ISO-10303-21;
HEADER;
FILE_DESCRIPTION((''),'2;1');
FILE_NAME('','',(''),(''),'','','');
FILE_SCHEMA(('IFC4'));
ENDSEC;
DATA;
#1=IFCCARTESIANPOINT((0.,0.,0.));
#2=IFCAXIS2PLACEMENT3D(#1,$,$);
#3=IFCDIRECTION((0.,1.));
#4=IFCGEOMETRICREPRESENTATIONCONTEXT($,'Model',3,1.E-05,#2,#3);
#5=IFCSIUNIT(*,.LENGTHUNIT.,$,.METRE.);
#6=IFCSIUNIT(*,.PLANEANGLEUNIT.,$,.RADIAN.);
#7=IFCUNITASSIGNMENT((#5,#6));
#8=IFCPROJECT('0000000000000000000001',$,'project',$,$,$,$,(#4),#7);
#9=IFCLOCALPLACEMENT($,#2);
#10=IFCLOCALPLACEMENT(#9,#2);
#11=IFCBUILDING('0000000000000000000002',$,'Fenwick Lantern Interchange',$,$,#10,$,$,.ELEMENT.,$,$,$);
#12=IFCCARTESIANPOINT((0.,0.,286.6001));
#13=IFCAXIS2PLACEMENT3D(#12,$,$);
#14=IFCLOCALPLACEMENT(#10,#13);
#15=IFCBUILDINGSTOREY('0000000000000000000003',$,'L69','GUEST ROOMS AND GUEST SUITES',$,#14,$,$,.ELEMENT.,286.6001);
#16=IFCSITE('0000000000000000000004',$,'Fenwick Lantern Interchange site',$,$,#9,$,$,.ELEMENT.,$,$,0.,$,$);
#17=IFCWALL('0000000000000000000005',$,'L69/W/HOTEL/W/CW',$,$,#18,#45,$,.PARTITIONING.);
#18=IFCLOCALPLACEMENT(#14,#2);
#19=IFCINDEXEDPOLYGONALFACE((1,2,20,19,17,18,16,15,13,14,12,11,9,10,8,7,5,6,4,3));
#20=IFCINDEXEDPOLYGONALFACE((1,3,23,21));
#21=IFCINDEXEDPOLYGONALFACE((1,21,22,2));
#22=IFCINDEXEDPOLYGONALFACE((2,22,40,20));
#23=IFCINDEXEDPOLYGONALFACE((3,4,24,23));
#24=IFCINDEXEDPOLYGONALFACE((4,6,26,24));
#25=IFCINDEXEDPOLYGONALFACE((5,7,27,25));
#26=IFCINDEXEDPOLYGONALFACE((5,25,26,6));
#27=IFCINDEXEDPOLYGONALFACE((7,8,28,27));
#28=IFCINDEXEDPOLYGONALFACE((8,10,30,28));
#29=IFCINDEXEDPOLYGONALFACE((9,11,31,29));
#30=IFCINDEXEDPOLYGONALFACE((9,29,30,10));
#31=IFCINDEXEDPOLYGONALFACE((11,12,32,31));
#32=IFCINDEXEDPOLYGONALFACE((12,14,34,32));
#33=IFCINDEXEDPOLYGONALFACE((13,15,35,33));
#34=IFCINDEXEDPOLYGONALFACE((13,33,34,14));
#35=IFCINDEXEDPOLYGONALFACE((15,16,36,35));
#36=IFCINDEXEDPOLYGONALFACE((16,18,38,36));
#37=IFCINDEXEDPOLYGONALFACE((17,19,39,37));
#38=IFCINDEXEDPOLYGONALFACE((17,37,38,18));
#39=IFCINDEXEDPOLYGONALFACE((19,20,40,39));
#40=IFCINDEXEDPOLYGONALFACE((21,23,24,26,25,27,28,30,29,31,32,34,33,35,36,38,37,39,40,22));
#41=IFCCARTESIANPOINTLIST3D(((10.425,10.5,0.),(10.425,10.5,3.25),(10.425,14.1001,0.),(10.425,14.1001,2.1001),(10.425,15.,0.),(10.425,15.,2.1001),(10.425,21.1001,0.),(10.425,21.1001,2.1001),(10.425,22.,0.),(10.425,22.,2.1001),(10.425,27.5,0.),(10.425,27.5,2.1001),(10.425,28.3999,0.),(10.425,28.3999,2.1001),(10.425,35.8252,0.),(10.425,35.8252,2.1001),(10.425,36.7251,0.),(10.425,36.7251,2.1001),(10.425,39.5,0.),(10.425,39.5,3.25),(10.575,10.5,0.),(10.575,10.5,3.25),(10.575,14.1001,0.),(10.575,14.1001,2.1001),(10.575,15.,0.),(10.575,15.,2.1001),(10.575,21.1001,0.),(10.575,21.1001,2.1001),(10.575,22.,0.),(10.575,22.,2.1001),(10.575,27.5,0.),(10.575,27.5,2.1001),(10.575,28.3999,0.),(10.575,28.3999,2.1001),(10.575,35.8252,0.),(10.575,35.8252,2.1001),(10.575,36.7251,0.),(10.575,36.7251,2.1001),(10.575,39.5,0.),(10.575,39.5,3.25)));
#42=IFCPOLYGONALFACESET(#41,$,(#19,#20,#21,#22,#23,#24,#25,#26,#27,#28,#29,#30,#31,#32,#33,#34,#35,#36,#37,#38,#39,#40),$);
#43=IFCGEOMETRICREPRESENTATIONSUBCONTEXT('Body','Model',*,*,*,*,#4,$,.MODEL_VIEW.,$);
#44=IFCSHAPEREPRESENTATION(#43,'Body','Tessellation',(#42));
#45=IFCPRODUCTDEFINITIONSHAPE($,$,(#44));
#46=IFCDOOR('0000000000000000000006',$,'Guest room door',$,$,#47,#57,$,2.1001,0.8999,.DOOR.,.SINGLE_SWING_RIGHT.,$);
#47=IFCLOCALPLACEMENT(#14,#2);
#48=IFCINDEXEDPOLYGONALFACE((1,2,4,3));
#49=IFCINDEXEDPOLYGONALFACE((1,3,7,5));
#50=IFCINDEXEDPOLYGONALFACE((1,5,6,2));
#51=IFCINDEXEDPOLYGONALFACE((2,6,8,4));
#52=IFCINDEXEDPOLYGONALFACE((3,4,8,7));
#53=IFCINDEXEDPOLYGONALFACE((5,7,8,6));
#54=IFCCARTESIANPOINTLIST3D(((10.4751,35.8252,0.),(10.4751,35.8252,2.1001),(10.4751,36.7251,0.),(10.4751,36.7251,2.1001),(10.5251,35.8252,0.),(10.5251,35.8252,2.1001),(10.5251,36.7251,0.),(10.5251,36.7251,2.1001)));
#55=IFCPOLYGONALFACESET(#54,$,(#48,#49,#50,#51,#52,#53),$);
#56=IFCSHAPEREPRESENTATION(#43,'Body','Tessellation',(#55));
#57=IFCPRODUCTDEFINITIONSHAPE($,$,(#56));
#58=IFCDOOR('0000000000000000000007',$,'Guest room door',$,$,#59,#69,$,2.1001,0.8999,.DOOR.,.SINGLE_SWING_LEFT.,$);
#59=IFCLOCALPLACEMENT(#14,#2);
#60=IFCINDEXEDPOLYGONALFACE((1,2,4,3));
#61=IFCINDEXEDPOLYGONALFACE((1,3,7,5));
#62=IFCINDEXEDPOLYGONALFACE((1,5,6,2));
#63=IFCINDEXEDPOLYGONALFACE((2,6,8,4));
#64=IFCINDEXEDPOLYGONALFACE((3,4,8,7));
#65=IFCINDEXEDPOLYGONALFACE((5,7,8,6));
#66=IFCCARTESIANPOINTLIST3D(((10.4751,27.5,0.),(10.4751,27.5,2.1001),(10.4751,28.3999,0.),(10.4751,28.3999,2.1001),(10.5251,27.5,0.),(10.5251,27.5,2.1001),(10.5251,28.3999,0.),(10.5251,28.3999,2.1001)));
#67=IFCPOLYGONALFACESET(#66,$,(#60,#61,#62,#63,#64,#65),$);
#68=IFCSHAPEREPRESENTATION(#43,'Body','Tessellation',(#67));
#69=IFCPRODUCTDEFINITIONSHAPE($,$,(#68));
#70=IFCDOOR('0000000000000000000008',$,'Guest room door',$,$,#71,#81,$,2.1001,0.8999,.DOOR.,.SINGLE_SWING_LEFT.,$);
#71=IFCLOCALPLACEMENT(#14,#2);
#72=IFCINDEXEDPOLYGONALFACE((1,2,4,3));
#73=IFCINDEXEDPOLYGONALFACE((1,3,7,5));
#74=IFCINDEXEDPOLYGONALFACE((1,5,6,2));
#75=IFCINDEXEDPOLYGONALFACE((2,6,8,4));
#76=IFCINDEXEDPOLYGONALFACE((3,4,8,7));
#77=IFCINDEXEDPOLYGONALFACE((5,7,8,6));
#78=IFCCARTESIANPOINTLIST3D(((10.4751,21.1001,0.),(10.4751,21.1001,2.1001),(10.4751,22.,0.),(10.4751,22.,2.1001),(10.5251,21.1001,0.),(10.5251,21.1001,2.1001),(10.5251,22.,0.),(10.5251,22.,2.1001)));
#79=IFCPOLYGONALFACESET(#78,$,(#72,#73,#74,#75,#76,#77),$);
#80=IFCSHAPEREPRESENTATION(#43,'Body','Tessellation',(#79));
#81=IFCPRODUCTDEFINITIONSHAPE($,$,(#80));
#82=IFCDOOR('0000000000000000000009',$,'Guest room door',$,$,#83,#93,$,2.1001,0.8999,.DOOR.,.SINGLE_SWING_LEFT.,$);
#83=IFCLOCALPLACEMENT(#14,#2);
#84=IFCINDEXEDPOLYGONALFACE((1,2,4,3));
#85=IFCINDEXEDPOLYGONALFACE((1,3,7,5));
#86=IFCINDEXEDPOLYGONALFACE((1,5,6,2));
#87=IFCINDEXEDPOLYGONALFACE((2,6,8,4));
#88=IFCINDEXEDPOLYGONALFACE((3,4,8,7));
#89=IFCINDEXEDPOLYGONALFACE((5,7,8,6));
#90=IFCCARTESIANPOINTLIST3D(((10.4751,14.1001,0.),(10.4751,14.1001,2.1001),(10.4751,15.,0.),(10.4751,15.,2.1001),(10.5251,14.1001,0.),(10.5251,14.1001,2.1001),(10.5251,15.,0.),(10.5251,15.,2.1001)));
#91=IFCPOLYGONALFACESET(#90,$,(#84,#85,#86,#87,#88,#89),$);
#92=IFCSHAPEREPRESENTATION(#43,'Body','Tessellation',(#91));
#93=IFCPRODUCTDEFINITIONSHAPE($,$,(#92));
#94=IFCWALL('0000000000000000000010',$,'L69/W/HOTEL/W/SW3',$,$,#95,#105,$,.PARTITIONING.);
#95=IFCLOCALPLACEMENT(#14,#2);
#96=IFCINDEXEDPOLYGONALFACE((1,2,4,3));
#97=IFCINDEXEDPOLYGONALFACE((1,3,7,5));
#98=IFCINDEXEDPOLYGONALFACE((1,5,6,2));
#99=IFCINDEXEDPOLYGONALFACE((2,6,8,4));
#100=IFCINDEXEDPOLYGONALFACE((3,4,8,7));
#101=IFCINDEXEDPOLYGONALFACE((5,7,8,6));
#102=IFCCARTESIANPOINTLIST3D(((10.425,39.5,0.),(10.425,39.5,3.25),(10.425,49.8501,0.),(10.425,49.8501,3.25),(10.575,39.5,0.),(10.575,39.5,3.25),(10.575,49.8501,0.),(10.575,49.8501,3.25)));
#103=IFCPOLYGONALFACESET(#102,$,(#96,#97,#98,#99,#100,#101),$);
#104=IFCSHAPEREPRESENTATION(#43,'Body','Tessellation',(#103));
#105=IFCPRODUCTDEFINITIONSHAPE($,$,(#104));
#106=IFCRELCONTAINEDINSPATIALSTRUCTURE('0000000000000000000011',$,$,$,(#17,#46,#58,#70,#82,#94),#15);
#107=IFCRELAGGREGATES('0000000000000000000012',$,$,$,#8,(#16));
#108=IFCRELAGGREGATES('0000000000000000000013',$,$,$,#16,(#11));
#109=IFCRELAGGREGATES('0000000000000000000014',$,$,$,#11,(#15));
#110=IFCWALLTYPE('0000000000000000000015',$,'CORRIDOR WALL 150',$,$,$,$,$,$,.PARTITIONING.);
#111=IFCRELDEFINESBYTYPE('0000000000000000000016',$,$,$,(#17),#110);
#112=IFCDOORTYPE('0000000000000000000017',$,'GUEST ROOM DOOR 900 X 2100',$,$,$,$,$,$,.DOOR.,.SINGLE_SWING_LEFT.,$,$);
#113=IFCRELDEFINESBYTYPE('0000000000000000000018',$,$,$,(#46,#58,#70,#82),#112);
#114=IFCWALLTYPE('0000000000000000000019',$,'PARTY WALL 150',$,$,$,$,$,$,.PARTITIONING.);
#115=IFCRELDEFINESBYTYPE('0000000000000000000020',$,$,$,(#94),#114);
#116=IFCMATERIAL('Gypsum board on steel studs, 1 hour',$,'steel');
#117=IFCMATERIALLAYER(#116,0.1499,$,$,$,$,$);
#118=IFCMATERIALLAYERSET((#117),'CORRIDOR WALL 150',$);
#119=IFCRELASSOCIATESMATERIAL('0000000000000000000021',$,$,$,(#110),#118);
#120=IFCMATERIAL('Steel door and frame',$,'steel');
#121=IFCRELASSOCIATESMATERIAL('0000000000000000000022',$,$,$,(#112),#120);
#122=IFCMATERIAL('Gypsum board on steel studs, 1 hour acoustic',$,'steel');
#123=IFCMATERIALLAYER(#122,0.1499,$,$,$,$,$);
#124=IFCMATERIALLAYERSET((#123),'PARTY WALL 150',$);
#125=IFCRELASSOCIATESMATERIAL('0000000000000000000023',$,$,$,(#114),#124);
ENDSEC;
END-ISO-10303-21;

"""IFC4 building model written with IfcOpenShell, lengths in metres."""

from ifc_helpers import new_model, si_unit, direction, frame, frame_2d, origin, place, context, subcontext, project, spatial, rectangle, extrude, material, layer, layer_set, type_object, element, fill, save


model = new_model("IFC4")

# Units and contexts
model_context = context("Model", 3, precision=1e-05, world=origin(), true_north=direction((0.0, 1.0)))
body_context = subcontext(model_context, "Body", "Model", "MODEL_VIEW")
ifc_project = project(units=[si_unit("LENGTHUNIT", "METRE"), si_unit("PLANEANGLEUNIT", "RADIAN")], contexts=[model_context])

# Site, building, storey
site_placement = place(None, origin())
site = spatial("IfcSite", under=ifc_project, at=site_placement, Name="Fenwick Lantern Interchange site", CompositionType="ELEMENT", RefElevation=0.0)
building_placement = place(site_placement, origin())
building = spatial("IfcBuilding", under=site, at=building_placement, Name="Fenwick Lantern Interchange", CompositionType="ELEMENT")
storey_placement = place(building_placement, frame((0.0, 0.0, 286.6001)))
storey = spatial("IfcBuildingStorey", under=building, at=storey_placement, Name="L69", Description="GUEST ROOMS AND GUEST SUITES", CompositionType="ELEMENT", Elevation=286.6001)

# Wall, openings, doors
ifc_material_1 = material(Name="Gypsum board on steel studs, 1 hour", Category="steel")
ifc_layer_1 = layer(ifc_material_1, 0.1499)
ifc_layer_set_1 = layer_set([ifc_layer_1], Name="CORRIDOR WALL 150")
wall_type_1 = type_object("IfcWallType", Name="CORRIDOR WALL 150", PredefinedType="PARTITIONING", material=ifc_layer_set_1)
wall_1_placement = place(storey_placement, frame((10.5, 39.5, 0.0), z_axis=(0.0, 0.0, 1.0), x_axis=(0.0, -1.0, 0.0)))
wall_1 = element("IfcWall", 1, at=wall_1_placement, inside=storey, type_object=wall_type_1, Name="L69/W/HOTEL/W/CW", PredefinedType="PARTITIONING", context=body_context, shape_type="SweptSolid", body=[
    extrude(rectangle(XDim=29.0, YDim=0.1499, at=frame_2d((14.5, 0.0))), origin(), (0.0, 0.0, 1.0), 3.25),
])
opening_1_placement = place(wall_1_placement, frame((2.7749, 0.0, 0.0)))
opening_1 = element("IfcOpeningElement", 2, at=opening_1_placement, cuts=wall_1, PredefinedType="OPENING", context=body_context, shape_type="SweptSolid", body=[
    extrude(rectangle(XDim=0.8999, YDim=2.1001, at=frame_2d((0.45, 1.05))), frame((0.0, 0.085, 0.0), z_axis=(0.0, -1.0, 0.0), x_axis=(1.0, 0.0, 0.0)), (0.0, 0.0, 1.0), 0.1699),
])
opening_2_placement = place(wall_1_placement, frame((11.1001, 0.0, 0.0)))
opening_2 = element("IfcOpeningElement", 3, at=opening_2_placement, cuts=wall_1, PredefinedType="OPENING", context=body_context, shape_type="SweptSolid", body=[
    extrude(rectangle(XDim=0.8999, YDim=2.1001, at=frame_2d((0.45, 1.05))), frame((0.0, 0.085, 0.0), z_axis=(0.0, -1.0, 0.0), x_axis=(1.0, 0.0, 0.0)), (0.0, 0.0, 1.0), 0.1699),
])
opening_3_placement = place(wall_1_placement, frame((17.5, 0.0, 0.0)))
opening_3 = element("IfcOpeningElement", 4, at=opening_3_placement, cuts=wall_1, PredefinedType="OPENING", context=body_context, shape_type="SweptSolid", body=[
    extrude(rectangle(XDim=0.8999, YDim=2.1001, at=frame_2d((0.45, 1.05))), frame((0.0, 0.085, 0.0), z_axis=(0.0, -1.0, 0.0), x_axis=(1.0, 0.0, 0.0)), (0.0, 0.0, 1.0), 0.1699),
])
opening_4_placement = place(wall_1_placement, frame((24.5, 0.0, 0.0)))
opening_4 = element("IfcOpeningElement", 5, at=opening_4_placement, cuts=wall_1, PredefinedType="OPENING", context=body_context, shape_type="SweptSolid", body=[
    extrude(rectangle(XDim=0.8999, YDim=2.1001, at=frame_2d((0.45, 1.05))), frame((0.0, 0.085, 0.0), z_axis=(0.0, -1.0, 0.0), x_axis=(1.0, 0.0, 0.0)), (0.0, 0.0, 1.0), 0.1699),
])
ifc_material_2 = material(Name="Steel door and frame", Category="steel")
door_type = type_object("IfcDoorType", Name="GUEST ROOM DOOR 900 X 2100", OperationType="SINGLE_SWING_LEFT", PredefinedType="DOOR", material=ifc_material_2)
door_1_placement = place(opening_1_placement, frame((0.8999, 0.0, 0.0), z_axis=(0.0, 0.0, 1.0), x_axis=(-1.0, 0.0, 0.0)))
door_1 = element("IfcDoor", 6, at=door_1_placement, inside=storey, type_object=door_type, Name="Guest room door", OperationType="SINGLE_SWING_RIGHT", OverallHeight=2.1001, OverallWidth=0.8999, PredefinedType="DOOR", context=body_context, shape_type="SweptSolid", body=[
    extrude(rectangle(XDim=0.8999, YDim=2.1001, at=frame_2d((0.45, 1.05))), frame((0.0, 0.0249, 0.0), z_axis=(0.0, -1.0, 0.0), x_axis=(1.0, 0.0, 0.0)), (0.0, 0.0, 1.0), 0.05),
])
fill(opening_1, door_1)
door_2_placement = place(opening_2_placement, frame((0.8999, 0.0, 0.0), z_axis=(0.0, 0.0, 1.0), x_axis=(-1.0, 0.0, 0.0)))
door_2 = element("IfcDoor", 7, at=door_2_placement, inside=storey, type_object=door_type, Name="Guest room door", OperationType="SINGLE_SWING_LEFT", OverallHeight=2.1001, OverallWidth=0.8999, PredefinedType="DOOR", context=body_context, shape_type="SweptSolid", body=[
    extrude(rectangle(XDim=0.8999, YDim=2.1001, at=frame_2d((0.45, 1.05))), frame((0.0, 0.0249, 0.0), z_axis=(0.0, -1.0, 0.0), x_axis=(1.0, 0.0, 0.0)), (0.0, 0.0, 1.0), 0.05),
])
fill(opening_2, door_2)
door_3_placement = place(opening_3_placement, frame((0.8999, 0.0, 0.0), z_axis=(0.0, 0.0, 1.0), x_axis=(-1.0, 0.0, 0.0)))
door_3 = element("IfcDoor", 8, at=door_3_placement, inside=storey, type_object=door_type, Name="Guest room door", OperationType="SINGLE_SWING_LEFT", OverallHeight=2.1001, OverallWidth=0.8999, PredefinedType="DOOR", context=body_context, shape_type="SweptSolid", body=[
    extrude(rectangle(XDim=0.8999, YDim=2.1001, at=frame_2d((0.45, 1.05))), frame((0.0, 0.0249, 0.0), z_axis=(0.0, -1.0, 0.0), x_axis=(1.0, 0.0, 0.0)), (0.0, 0.0, 1.0), 0.05),
])
fill(opening_3, door_3)
door_4_placement = place(opening_4_placement, frame((0.8999, 0.0, 0.0), z_axis=(0.0, 0.0, 1.0), x_axis=(-1.0, 0.0, 0.0)))
door_4 = element("IfcDoor", 9, at=door_4_placement, inside=storey, type_object=door_type, Name="Guest room door", OperationType="SINGLE_SWING_LEFT", OverallHeight=2.1001, OverallWidth=0.8999, PredefinedType="DOOR", context=body_context, shape_type="SweptSolid", body=[
    extrude(rectangle(XDim=0.8999, YDim=2.1001, at=frame_2d((0.45, 1.05))), frame((0.0, 0.0249, 0.0), z_axis=(0.0, -1.0, 0.0), x_axis=(1.0, 0.0, 0.0)), (0.0, 0.0, 1.0), 0.05),
])
fill(opening_4, door_4)

# Wall
ifc_material_3 = material(Name="Gypsum board on steel studs, 1 hour acoustic", Category="steel")
ifc_layer_2 = layer(ifc_material_3, 0.1499)
ifc_layer_set_2 = layer_set([ifc_layer_2], Name="PARTY WALL 150")
wall_type_2 = type_object("IfcWallType", Name="PARTY WALL 150", PredefinedType="PARTITIONING", material=ifc_layer_set_2)
wall_2_placement = place(storey_placement, frame((10.5, 49.8501, 0.0), z_axis=(0.0, 0.0, 1.0), x_axis=(0.0, -1.0, 0.0)))
element("IfcWall", 10, at=wall_2_placement, inside=storey, type_object=wall_type_2, Name="L69/W/HOTEL/W/SW3", PredefinedType="PARTITIONING", context=body_context, shape_type="SweptSolid", body=[
    extrude(rectangle(XDim=10.3501, YDim=0.1499, at=frame_2d((5.175, 0.0))), origin(), (0.0, 0.0, 1.0), 3.25),
])

save(model, "model.ifc")
